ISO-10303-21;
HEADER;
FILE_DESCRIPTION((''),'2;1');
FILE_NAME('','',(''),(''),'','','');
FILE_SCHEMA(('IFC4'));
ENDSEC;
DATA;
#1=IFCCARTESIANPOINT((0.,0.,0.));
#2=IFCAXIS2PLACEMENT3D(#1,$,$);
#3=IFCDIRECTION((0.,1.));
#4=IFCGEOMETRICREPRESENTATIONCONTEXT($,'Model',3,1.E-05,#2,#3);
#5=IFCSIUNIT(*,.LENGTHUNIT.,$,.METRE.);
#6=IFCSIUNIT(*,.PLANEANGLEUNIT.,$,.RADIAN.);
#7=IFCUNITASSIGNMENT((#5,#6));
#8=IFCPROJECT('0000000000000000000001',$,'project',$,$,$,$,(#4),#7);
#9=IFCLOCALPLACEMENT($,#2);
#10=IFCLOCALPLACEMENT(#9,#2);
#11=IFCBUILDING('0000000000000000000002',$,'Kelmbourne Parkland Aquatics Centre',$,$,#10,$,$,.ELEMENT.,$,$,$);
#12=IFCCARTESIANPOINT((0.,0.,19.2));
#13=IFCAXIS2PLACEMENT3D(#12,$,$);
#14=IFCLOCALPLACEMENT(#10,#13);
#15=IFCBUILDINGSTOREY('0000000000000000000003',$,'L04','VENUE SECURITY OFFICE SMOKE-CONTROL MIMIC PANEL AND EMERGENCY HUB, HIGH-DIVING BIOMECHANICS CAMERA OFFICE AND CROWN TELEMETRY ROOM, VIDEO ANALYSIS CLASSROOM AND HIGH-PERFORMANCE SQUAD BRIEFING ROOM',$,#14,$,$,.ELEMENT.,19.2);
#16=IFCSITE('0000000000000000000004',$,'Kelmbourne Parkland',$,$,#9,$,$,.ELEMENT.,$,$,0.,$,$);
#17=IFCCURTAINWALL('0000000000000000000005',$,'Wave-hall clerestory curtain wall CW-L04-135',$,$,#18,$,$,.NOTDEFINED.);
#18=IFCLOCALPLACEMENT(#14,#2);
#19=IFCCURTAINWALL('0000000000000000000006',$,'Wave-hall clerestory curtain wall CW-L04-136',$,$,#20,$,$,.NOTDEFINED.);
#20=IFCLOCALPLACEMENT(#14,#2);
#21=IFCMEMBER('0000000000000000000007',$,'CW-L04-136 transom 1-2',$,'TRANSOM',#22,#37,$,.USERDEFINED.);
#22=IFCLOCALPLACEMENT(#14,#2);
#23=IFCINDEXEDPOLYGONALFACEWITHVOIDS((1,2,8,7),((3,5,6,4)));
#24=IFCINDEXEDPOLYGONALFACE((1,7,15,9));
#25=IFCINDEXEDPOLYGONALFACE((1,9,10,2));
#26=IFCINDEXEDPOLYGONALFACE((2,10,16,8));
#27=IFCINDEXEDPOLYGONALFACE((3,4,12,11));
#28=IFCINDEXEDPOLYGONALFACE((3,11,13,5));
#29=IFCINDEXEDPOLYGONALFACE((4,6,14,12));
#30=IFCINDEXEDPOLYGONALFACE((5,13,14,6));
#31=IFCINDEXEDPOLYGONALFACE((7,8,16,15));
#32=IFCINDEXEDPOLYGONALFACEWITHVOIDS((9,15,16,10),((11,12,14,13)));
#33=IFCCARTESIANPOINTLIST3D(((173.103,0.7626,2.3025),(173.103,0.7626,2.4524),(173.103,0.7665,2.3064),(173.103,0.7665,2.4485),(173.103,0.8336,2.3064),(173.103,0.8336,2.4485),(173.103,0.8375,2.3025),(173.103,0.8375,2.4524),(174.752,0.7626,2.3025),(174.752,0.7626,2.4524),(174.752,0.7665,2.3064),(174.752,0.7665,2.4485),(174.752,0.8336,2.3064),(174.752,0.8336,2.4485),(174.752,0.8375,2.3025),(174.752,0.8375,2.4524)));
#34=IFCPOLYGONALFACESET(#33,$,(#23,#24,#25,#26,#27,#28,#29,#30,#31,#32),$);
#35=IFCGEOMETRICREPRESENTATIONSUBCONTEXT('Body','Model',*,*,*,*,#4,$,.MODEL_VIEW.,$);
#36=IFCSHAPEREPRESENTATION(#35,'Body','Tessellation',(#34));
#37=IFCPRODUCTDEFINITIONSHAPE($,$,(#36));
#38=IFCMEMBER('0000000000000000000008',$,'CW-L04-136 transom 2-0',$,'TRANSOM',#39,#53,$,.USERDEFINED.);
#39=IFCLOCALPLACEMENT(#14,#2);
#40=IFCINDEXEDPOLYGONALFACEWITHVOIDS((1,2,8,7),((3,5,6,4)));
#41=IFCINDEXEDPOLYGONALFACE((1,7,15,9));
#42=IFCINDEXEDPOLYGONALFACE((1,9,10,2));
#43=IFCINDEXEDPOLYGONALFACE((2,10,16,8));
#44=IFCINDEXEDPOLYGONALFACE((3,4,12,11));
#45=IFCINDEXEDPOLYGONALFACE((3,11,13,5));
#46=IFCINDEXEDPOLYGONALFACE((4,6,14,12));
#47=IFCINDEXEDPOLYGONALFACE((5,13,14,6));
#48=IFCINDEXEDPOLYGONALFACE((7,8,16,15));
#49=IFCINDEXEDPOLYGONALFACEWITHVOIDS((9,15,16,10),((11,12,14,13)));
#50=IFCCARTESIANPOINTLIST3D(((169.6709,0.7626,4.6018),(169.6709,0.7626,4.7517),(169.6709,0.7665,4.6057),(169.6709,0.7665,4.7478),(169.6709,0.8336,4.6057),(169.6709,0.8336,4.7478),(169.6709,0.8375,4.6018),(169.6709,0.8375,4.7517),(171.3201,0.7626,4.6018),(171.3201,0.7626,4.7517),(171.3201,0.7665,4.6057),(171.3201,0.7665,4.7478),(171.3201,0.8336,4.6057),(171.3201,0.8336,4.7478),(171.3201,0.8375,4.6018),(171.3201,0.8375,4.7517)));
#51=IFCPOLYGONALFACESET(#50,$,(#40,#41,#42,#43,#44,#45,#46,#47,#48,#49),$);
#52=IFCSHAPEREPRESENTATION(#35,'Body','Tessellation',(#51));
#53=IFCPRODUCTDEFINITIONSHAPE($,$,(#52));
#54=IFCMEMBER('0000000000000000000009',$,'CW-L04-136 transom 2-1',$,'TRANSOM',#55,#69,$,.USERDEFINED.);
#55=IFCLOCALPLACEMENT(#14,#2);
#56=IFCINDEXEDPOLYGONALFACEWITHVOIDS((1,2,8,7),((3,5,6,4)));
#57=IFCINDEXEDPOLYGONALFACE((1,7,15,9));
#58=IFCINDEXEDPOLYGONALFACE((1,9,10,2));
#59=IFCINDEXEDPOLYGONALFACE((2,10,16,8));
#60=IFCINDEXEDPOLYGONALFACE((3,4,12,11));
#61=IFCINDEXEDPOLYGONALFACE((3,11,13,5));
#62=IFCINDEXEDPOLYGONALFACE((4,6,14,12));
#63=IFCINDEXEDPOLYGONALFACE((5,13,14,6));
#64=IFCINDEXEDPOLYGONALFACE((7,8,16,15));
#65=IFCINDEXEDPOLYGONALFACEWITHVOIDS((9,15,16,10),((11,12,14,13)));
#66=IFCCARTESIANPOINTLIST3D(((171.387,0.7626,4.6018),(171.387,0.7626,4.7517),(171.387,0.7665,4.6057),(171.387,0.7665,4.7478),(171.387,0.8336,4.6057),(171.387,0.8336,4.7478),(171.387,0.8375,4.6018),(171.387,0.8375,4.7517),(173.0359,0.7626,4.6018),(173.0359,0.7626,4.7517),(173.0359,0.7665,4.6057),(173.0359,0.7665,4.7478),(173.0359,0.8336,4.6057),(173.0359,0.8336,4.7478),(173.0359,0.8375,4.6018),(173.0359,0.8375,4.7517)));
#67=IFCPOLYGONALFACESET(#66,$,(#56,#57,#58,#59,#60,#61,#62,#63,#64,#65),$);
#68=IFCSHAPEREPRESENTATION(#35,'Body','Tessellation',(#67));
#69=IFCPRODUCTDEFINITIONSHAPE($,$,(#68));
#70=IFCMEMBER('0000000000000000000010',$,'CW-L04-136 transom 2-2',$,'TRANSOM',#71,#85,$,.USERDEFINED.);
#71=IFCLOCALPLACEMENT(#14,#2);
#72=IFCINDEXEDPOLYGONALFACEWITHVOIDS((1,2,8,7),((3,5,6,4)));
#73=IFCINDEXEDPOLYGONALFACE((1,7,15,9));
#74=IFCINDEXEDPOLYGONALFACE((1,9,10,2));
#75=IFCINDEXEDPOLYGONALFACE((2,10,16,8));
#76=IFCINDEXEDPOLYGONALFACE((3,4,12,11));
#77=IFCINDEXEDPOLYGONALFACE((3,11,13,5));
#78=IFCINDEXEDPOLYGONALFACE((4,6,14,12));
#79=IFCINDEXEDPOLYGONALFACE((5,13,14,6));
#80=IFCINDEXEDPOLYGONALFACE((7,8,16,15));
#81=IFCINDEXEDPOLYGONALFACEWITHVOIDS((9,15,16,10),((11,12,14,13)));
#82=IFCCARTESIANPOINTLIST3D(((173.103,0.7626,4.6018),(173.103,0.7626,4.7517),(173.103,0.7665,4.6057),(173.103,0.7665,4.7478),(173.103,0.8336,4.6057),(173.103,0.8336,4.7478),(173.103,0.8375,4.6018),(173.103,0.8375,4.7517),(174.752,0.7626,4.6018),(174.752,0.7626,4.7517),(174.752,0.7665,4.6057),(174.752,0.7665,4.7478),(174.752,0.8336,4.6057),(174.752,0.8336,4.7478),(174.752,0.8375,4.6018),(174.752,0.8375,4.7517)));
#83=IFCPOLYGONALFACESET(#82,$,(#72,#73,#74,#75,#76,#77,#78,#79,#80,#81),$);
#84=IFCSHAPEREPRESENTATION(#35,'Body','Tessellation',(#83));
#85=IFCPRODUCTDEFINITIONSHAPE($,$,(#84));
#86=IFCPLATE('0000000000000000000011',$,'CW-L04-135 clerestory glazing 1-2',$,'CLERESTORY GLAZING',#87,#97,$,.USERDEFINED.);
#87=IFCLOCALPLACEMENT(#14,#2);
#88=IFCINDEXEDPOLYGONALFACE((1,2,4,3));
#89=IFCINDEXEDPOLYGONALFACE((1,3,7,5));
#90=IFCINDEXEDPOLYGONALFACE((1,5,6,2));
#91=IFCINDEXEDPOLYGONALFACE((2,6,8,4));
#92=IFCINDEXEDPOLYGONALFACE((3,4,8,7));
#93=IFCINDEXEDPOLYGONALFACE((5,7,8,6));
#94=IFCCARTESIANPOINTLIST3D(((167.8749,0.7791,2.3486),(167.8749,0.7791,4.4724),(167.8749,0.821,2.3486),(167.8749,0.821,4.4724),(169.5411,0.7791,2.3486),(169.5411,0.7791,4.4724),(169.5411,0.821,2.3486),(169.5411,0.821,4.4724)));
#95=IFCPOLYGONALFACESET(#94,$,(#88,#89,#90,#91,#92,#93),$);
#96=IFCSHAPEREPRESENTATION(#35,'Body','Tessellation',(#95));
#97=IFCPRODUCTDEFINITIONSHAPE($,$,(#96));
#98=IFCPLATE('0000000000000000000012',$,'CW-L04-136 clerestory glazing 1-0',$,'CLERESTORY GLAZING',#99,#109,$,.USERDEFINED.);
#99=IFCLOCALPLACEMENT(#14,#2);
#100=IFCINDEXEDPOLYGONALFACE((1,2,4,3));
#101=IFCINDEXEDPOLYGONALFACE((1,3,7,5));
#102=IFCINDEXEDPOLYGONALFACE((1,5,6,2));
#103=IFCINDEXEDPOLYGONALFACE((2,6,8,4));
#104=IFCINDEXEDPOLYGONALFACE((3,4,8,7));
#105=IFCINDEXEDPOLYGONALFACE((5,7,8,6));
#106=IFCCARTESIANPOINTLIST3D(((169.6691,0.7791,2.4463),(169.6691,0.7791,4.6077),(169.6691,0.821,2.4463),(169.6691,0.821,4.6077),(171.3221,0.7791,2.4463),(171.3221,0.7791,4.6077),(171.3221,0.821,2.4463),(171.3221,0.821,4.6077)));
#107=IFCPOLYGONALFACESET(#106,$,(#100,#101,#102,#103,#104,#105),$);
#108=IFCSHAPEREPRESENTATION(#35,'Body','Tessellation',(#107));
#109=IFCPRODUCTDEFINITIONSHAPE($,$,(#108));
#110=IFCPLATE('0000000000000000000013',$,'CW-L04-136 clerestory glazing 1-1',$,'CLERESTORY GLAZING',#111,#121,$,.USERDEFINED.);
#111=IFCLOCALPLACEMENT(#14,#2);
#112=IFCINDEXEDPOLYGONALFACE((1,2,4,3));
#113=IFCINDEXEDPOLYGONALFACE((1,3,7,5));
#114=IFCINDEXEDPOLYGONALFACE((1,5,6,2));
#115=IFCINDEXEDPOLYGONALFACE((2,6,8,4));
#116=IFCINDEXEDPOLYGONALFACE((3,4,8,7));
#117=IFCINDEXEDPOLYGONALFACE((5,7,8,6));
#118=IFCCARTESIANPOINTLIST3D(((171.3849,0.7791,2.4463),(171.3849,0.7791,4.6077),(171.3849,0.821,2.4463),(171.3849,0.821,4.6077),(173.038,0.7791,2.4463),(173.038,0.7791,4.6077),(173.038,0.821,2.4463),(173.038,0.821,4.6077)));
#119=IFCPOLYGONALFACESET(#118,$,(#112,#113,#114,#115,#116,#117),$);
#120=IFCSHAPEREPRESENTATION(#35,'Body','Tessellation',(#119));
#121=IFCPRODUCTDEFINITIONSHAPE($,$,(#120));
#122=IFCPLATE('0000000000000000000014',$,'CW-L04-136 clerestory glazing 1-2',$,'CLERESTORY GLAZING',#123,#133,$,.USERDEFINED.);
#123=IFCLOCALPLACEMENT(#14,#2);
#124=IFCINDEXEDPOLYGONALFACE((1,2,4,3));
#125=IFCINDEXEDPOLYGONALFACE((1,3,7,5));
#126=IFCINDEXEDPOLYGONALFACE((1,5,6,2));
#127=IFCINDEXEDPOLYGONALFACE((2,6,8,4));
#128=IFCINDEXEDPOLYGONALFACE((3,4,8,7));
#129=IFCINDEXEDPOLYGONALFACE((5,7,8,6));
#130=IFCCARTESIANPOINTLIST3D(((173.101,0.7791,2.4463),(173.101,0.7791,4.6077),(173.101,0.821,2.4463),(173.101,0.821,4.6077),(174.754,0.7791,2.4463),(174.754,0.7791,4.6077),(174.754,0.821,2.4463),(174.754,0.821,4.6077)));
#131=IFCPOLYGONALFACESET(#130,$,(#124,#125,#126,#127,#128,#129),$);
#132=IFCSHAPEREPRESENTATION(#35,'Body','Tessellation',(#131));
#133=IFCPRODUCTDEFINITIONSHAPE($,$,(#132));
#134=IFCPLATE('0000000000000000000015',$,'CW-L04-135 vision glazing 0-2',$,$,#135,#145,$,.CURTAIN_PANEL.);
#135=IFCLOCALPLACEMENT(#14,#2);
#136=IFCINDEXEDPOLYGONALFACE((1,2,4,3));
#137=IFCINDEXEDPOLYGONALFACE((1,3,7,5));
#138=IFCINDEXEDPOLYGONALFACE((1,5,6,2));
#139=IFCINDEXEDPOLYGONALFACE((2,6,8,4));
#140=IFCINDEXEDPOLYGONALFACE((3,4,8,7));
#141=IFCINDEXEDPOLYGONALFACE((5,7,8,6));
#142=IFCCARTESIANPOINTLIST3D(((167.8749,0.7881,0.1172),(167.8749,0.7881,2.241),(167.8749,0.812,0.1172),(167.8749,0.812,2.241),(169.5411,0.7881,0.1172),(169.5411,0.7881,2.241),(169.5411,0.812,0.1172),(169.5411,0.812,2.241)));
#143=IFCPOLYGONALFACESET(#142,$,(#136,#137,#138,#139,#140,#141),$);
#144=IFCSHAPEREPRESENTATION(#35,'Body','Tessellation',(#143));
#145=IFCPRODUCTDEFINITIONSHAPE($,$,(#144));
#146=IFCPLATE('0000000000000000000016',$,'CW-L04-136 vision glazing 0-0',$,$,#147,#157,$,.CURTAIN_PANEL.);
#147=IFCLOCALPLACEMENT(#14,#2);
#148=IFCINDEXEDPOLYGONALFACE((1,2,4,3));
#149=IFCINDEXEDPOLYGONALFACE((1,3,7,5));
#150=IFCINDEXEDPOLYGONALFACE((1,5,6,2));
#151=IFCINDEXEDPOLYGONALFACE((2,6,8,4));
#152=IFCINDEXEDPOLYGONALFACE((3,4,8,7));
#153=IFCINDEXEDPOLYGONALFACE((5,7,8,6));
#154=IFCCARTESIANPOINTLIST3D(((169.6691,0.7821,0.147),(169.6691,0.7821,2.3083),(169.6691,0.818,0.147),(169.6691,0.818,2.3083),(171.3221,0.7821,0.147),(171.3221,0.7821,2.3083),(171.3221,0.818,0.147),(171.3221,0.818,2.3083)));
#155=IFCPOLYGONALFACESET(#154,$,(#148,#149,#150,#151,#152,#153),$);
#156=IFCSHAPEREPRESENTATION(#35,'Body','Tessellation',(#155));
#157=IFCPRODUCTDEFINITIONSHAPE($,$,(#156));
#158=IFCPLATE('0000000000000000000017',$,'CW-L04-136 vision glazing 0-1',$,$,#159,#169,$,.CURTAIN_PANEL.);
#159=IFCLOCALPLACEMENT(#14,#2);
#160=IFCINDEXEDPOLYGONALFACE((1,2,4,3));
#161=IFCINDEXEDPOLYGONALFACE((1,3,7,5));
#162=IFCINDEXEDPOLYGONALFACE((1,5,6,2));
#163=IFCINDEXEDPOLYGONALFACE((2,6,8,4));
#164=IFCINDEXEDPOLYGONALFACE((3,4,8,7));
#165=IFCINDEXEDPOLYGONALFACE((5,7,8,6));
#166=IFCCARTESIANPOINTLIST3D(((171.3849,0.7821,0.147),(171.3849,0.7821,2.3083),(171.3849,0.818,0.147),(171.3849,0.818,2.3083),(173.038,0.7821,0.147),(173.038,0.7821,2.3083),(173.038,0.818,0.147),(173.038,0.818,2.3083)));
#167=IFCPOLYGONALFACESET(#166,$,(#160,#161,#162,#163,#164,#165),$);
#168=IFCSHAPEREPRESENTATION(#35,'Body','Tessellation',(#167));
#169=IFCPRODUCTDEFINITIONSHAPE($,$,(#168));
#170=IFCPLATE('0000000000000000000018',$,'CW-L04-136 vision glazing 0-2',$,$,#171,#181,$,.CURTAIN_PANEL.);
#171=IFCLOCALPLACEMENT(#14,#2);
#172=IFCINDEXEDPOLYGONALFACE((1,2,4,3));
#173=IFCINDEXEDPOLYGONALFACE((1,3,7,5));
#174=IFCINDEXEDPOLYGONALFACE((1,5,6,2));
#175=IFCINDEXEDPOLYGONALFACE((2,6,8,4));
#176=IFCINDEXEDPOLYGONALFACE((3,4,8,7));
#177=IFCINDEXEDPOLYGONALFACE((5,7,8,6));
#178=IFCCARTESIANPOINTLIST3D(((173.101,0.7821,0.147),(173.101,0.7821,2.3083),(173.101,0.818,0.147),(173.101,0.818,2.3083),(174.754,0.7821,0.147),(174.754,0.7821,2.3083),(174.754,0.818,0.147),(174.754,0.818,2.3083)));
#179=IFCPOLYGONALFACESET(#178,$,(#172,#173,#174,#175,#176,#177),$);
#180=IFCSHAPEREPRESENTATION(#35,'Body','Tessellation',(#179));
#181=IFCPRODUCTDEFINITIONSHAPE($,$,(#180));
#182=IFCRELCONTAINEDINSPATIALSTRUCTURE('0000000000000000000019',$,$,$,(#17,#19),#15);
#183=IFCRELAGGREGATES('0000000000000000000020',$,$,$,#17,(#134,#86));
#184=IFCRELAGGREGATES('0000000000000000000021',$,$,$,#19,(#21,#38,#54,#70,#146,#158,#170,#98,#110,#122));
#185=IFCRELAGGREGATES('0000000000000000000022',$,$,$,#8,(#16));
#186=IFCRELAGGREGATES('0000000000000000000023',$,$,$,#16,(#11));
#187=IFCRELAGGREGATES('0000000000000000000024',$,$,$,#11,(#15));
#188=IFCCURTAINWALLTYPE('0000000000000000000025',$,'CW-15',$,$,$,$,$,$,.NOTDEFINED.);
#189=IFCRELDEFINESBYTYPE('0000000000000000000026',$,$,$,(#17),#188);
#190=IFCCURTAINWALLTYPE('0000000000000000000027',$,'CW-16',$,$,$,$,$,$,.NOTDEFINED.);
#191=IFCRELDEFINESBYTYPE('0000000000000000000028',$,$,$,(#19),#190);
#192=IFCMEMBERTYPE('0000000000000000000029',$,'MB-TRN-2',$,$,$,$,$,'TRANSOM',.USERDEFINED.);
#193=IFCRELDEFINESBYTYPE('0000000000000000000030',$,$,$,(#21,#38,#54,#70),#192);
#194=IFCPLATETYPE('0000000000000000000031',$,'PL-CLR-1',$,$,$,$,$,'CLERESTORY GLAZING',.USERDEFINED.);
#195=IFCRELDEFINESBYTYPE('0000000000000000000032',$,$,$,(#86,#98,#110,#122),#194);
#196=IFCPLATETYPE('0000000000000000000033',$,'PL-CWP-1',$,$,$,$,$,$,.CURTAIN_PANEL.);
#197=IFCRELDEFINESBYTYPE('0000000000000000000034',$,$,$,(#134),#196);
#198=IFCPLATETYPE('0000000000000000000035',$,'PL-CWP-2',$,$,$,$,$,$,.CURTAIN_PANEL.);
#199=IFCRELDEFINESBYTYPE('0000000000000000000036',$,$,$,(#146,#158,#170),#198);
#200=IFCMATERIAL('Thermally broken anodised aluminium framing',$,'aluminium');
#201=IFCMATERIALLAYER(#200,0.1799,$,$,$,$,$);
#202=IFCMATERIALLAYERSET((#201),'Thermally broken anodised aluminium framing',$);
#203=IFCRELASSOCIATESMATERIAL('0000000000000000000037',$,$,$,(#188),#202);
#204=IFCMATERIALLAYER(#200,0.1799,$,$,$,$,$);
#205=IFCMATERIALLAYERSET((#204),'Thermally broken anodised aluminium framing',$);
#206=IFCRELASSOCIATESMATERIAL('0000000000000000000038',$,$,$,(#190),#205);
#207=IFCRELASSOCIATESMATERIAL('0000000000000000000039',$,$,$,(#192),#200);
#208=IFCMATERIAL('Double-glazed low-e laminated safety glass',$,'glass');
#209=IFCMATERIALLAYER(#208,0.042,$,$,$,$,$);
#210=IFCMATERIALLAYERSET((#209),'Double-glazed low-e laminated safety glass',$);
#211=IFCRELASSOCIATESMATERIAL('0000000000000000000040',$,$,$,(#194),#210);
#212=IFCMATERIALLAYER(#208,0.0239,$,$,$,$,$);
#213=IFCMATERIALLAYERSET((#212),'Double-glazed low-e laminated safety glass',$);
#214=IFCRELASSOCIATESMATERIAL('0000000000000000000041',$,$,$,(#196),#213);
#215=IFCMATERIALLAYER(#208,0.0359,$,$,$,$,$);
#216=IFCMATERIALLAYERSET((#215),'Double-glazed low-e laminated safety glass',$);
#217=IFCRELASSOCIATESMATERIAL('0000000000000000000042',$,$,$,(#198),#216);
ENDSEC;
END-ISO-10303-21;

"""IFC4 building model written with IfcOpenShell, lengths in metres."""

from ifc_helpers import new_model, si_unit, direction, frame, origin, origin_2d, place, context, subcontext, project, spatial, rectangle, hollow_rectangle, extrude, material, layer, layer_set, material_profile, profile_set, type_object, element, aggregate, save


model = new_model("IFC4")

# Units and contexts
model_context = context("Model", 3, precision=1e-05, world=origin(), true_north=direction((0.0, 1.0)))
body_context = subcontext(model_context, "Body", "Model", "MODEL_VIEW")
ifc_project = project(units=[si_unit("LENGTHUNIT", "METRE"), si_unit("PLANEANGLEUNIT", "RADIAN")], contexts=[model_context])

# Site, building, storey
site_placement = place(None, origin())
site = spatial("IfcSite", under=ifc_project, at=site_placement, Name="Kelmbourne Parkland", CompositionType="ELEMENT", RefElevation=0.0)
building_placement = place(site_placement, origin())
building = spatial("IfcBuilding", under=site, at=building_placement, Name="Kelmbourne Parkland Aquatics Centre", CompositionType="ELEMENT")
storey_placement = place(building_placement, frame((0.0, 0.0, 19.2)))
storey = spatial("IfcBuildingStorey", under=building, at=storey_placement, Name="L04", Description="VENUE SECURITY OFFICE SMOKE-CONTROL MIMIC PANEL AND EMERGENCY HUB, HIGH-DIVING BIOMECHANICS CAMERA OFFICE AND CROWN TELEMETRY ROOM, VIDEO ANALYSIS CLASSROOM AND HIGH-PERFORMANCE SQUAD BRIEFING ROOM", CompositionType="ELEMENT", Elevation=19.2)

# Curtain wall
ifc_material_1 = material(Name="Thermally broken anodised aluminium framing", Category="aluminium")
ifc_layer_1 = layer(ifc_material_1, 0.1799)
ifc_layer_set_1 = layer_set([ifc_layer_1], Name="Thermally broken anodised aluminium framing")
curtain_wall_type_1 = type_object("IfcCurtainWallType", Name="CW-15", PredefinedType="NOTDEFINED", material=ifc_layer_set_1)
curtain_wall_1_placement = place(storey_placement, origin())
curtain_wall_1 = element("IfcCurtainWall", 1, at=curtain_wall_1_placement, inside=storey, type_object=curtain_wall_type_1, Name="Wave-hall clerestory curtain wall CW-L04-135", PredefinedType="NOTDEFINED")

# Curtain wall
ifc_layer_2 = layer(ifc_material_1, 0.1799)
ifc_layer_set_2 = layer_set([ifc_layer_2], Name="Thermally broken anodised aluminium framing")
curtain_wall_type_2 = type_object("IfcCurtainWallType", Name="CW-16", PredefinedType="NOTDEFINED", material=ifc_layer_set_2)
curtain_wall_2_placement = place(storey_placement, origin())
curtain_wall_2 = element("IfcCurtainWall", 2, at=curtain_wall_2_placement, inside=storey, type_object=curtain_wall_type_2, Name="Wave-hall clerestory curtain wall CW-L04-136", PredefinedType="NOTDEFINED")

# Members
ifc_material_profile_1 = material_profile(ifc_material_1, hollow_rectangle(XDim=0.075, YDim=0.1499, WallThickness=0.0039, at=origin_2d()), Name="CW-T 75x150")
ifc_profile_set_1 = profile_set([ifc_material_profile_1], Name="Thermally broken anodised aluminium framing")
member_type_1 = type_object("IfcMemberType", Name="MB-TRN-2", ElementType="TRANSOM", PredefinedType="USERDEFINED", material=ifc_profile_set_1)
member_1_placement = place(storey_placement, frame((173.103, 0.8, 2.3774), z_axis=(1.0, 0.0, 0.0), x_axis=(0.0, 1.0, 0.0)))
member_1 = element("IfcMember", 3, at=member_1_placement, type_object=member_type_1, Name="CW-L04-136 transom 1-2", ObjectType="TRANSOM", PredefinedType="USERDEFINED", context=body_context, shape_type="SweptSolid", body=[
    extrude(hollow_rectangle(XDim=0.075, YDim=0.1499, WallThickness=0.0039, at=origin_2d()), origin(), (0.0, 0.0, 1.0), 1.6489),
])
member_2_placement = place(storey_placement, frame((169.6709, 0.8, 4.6768), z_axis=(1.0, 0.0, 0.0), x_axis=(0.0, 1.0, 0.0)))
member_2 = element("IfcMember", 4, at=member_2_placement, type_object=member_type_1, Name="CW-L04-136 transom 2-0", ObjectType="TRANSOM", PredefinedType="USERDEFINED", context=body_context, shape_type="SweptSolid", body=[
    extrude(hollow_rectangle(XDim=0.075, YDim=0.1499, WallThickness=0.0039, at=origin_2d()), origin(), (0.0, 0.0, 1.0), 1.6492),
])
member_3_placement = place(storey_placement, frame((171.387, 0.8, 4.6768), z_axis=(1.0, 0.0, 0.0), x_axis=(0.0, 1.0, 0.0)))
member_3 = element("IfcMember", 5, at=member_3_placement, type_object=member_type_1, Name="CW-L04-136 transom 2-1", ObjectType="TRANSOM", PredefinedType="USERDEFINED", context=body_context, shape_type="SweptSolid", body=[
    extrude(hollow_rectangle(XDim=0.075, YDim=0.1499, WallThickness=0.0039, at=origin_2d()), origin(), (0.0, 0.0, 1.0), 1.6489),
])
member_4_placement = place(storey_placement, frame((173.103, 0.8, 4.6768), z_axis=(1.0, 0.0, 0.0), x_axis=(0.0, 1.0, 0.0)))
member_4 = element("IfcMember", 6, at=member_4_placement, type_object=member_type_1, Name="CW-L04-136 transom 2-2", ObjectType="TRANSOM", PredefinedType="USERDEFINED", context=body_context, shape_type="SweptSolid", body=[
    extrude(hollow_rectangle(XDim=0.075, YDim=0.1499, WallThickness=0.0039, at=origin_2d()), origin(), (0.0, 0.0, 1.0), 1.6489),
])

# Plates
ifc_material_2 = material(Name="Double-glazed low-e laminated safety glass", Category="glass")
ifc_layer_3 = layer(ifc_material_2, 0.042)
ifc_layer_set_3 = layer_set([ifc_layer_3], Name="Double-glazed low-e laminated safety glass")
plate_type_1 = type_object("IfcPlateType", Name="PL-CLR-1", ElementType="CLERESTORY GLAZING", PredefinedType="USERDEFINED", material=ifc_layer_set_3)
plate_1_placement = place(storey_placement, frame((168.708, 0.8, 2.3486), z_axis=(0.0, 0.0, 1.0), x_axis=(1.0, 0.0, 0.0)))
plate_1 = element("IfcPlate", 7, at=plate_1_placement, type_object=plate_type_1, Name="CW-L04-135 clerestory glazing 1-2", ObjectType="CLERESTORY GLAZING", PredefinedType="USERDEFINED", context=body_context, shape_type="SweptSolid", body=[
    extrude(rectangle(XDim=1.6663, YDim=0.042, at=origin_2d()), origin(), (0.0, 0.0, 1.0), 2.1238),
])
plate_2_placement = place(storey_placement, frame((170.4956, 0.8, 2.4463), z_axis=(0.0, 0.0, 1.0), x_axis=(1.0, 0.0, 0.0)))
plate_2 = element("IfcPlate", 8, at=plate_2_placement, type_object=plate_type_1, Name="CW-L04-136 clerestory glazing 1-0", ObjectType="CLERESTORY GLAZING", PredefinedType="USERDEFINED", context=body_context, shape_type="SweptSolid", body=[
    extrude(rectangle(XDim=1.6531, YDim=0.042, at=origin_2d()), origin(), (0.0, 0.0, 1.0), 2.1614),
])
plate_3_placement = place(storey_placement, frame((172.2114, 0.8, 2.4463), z_axis=(0.0, 0.0, 1.0), x_axis=(1.0, 0.0, 0.0)))
plate_3 = element("IfcPlate", 9, at=plate_3_placement, type_object=plate_type_1, Name="CW-L04-136 clerestory glazing 1-1", ObjectType="CLERESTORY GLAZING", PredefinedType="USERDEFINED", context=body_context, shape_type="SweptSolid", body=[
    extrude(rectangle(XDim=1.6531, YDim=0.042, at=origin_2d()), origin(), (0.0, 0.0, 1.0), 2.1614),
])
plate_4_placement = place(storey_placement, frame((173.9275, 0.8, 2.4463), z_axis=(0.0, 0.0, 1.0), x_axis=(1.0, 0.0, 0.0)))
plate_4 = element("IfcPlate", 10, at=plate_4_placement, type_object=plate_type_1, Name="CW-L04-136 clerestory glazing 1-2", ObjectType="CLERESTORY GLAZING", PredefinedType="USERDEFINED", context=body_context, shape_type="SweptSolid", body=[
    extrude(rectangle(XDim=1.6531, YDim=0.042, at=origin_2d()), origin(), (0.0, 0.0, 1.0), 2.1614),
])
ifc_layer_4 = layer(ifc_material_2, 0.0239)
ifc_layer_set_4 = layer_set([ifc_layer_4], Name="Double-glazed low-e laminated safety glass")
plate_type_2 = type_object("IfcPlateType", Name="PL-CWP-1", PredefinedType="CURTAIN_PANEL", material=ifc_layer_set_4)
plate_5_placement = place(storey_placement, frame((168.708, 0.8, 0.1172), z_axis=(0.0, 0.0, 1.0), x_axis=(1.0, 0.0, 0.0)))
plate_5 = element("IfcPlate", 11, at=plate_5_placement, type_object=plate_type_2, Name="CW-L04-135 vision glazing 0-2", PredefinedType="CURTAIN_PANEL", context=body_context, shape_type="SweptSolid", body=[
    extrude(rectangle(XDim=1.6663, YDim=0.0239, at=origin_2d()), origin(), (0.0, 0.0, 1.0), 2.1238),
])
aggregate(curtain_wall_1, [plate_5, plate_1])
ifc_layer_5 = layer(ifc_material_2, 0.0359)
ifc_layer_set_5 = layer_set([ifc_layer_5], Name="Double-glazed low-e laminated safety glass")
plate_type_3 = type_object("IfcPlateType", Name="PL-CWP-2", PredefinedType="CURTAIN_PANEL", material=ifc_layer_set_5)
plate_6_placement = place(storey_placement, frame((170.4956, 0.8, 0.147), z_axis=(0.0, 0.0, 1.0), x_axis=(1.0, 0.0, 0.0)))
plate_6 = element("IfcPlate", 12, at=plate_6_placement, type_object=plate_type_3, Name="CW-L04-136 vision glazing 0-0", PredefinedType="CURTAIN_PANEL", context=body_context, shape_type="SweptSolid", body=[
    extrude(rectangle(XDim=1.6531, YDim=0.0359, at=origin_2d()), origin(), (0.0, 0.0, 1.0), 2.1614),
])
plate_7_placement = place(storey_placement, frame((172.2114, 0.8, 0.147), z_axis=(0.0, 0.0, 1.0), x_axis=(1.0, 0.0, 0.0)))
plate_7 = element("IfcPlate", 13, at=plate_7_placement, type_object=plate_type_3, Name="CW-L04-136 vision glazing 0-1", PredefinedType="CURTAIN_PANEL", context=body_context, shape_type="SweptSolid", body=[
    extrude(rectangle(XDim=1.6531, YDim=0.0359, at=origin_2d()), origin(), (0.0, 0.0, 1.0), 2.1614),
])
plate_8_placement = place(storey_placement, frame((173.9275, 0.8, 0.147), z_axis=(0.0, 0.0, 1.0), x_axis=(1.0, 0.0, 0.0)))
plate_8 = element("IfcPlate", 14, at=plate_8_placement, type_object=plate_type_3, Name="CW-L04-136 vision glazing 0-2", PredefinedType="CURTAIN_PANEL", context=body_context, shape_type="SweptSolid", body=[
    extrude(rectangle(XDim=1.6531, YDim=0.0359, at=origin_2d()), origin(), (0.0, 0.0, 1.0), 2.1614),
])
aggregate(curtain_wall_2, [member_1, member_2, member_3, member_4, plate_6, plate_7, plate_8, plate_2, plate_3, plate_4])

save(model, "model.ifc")
